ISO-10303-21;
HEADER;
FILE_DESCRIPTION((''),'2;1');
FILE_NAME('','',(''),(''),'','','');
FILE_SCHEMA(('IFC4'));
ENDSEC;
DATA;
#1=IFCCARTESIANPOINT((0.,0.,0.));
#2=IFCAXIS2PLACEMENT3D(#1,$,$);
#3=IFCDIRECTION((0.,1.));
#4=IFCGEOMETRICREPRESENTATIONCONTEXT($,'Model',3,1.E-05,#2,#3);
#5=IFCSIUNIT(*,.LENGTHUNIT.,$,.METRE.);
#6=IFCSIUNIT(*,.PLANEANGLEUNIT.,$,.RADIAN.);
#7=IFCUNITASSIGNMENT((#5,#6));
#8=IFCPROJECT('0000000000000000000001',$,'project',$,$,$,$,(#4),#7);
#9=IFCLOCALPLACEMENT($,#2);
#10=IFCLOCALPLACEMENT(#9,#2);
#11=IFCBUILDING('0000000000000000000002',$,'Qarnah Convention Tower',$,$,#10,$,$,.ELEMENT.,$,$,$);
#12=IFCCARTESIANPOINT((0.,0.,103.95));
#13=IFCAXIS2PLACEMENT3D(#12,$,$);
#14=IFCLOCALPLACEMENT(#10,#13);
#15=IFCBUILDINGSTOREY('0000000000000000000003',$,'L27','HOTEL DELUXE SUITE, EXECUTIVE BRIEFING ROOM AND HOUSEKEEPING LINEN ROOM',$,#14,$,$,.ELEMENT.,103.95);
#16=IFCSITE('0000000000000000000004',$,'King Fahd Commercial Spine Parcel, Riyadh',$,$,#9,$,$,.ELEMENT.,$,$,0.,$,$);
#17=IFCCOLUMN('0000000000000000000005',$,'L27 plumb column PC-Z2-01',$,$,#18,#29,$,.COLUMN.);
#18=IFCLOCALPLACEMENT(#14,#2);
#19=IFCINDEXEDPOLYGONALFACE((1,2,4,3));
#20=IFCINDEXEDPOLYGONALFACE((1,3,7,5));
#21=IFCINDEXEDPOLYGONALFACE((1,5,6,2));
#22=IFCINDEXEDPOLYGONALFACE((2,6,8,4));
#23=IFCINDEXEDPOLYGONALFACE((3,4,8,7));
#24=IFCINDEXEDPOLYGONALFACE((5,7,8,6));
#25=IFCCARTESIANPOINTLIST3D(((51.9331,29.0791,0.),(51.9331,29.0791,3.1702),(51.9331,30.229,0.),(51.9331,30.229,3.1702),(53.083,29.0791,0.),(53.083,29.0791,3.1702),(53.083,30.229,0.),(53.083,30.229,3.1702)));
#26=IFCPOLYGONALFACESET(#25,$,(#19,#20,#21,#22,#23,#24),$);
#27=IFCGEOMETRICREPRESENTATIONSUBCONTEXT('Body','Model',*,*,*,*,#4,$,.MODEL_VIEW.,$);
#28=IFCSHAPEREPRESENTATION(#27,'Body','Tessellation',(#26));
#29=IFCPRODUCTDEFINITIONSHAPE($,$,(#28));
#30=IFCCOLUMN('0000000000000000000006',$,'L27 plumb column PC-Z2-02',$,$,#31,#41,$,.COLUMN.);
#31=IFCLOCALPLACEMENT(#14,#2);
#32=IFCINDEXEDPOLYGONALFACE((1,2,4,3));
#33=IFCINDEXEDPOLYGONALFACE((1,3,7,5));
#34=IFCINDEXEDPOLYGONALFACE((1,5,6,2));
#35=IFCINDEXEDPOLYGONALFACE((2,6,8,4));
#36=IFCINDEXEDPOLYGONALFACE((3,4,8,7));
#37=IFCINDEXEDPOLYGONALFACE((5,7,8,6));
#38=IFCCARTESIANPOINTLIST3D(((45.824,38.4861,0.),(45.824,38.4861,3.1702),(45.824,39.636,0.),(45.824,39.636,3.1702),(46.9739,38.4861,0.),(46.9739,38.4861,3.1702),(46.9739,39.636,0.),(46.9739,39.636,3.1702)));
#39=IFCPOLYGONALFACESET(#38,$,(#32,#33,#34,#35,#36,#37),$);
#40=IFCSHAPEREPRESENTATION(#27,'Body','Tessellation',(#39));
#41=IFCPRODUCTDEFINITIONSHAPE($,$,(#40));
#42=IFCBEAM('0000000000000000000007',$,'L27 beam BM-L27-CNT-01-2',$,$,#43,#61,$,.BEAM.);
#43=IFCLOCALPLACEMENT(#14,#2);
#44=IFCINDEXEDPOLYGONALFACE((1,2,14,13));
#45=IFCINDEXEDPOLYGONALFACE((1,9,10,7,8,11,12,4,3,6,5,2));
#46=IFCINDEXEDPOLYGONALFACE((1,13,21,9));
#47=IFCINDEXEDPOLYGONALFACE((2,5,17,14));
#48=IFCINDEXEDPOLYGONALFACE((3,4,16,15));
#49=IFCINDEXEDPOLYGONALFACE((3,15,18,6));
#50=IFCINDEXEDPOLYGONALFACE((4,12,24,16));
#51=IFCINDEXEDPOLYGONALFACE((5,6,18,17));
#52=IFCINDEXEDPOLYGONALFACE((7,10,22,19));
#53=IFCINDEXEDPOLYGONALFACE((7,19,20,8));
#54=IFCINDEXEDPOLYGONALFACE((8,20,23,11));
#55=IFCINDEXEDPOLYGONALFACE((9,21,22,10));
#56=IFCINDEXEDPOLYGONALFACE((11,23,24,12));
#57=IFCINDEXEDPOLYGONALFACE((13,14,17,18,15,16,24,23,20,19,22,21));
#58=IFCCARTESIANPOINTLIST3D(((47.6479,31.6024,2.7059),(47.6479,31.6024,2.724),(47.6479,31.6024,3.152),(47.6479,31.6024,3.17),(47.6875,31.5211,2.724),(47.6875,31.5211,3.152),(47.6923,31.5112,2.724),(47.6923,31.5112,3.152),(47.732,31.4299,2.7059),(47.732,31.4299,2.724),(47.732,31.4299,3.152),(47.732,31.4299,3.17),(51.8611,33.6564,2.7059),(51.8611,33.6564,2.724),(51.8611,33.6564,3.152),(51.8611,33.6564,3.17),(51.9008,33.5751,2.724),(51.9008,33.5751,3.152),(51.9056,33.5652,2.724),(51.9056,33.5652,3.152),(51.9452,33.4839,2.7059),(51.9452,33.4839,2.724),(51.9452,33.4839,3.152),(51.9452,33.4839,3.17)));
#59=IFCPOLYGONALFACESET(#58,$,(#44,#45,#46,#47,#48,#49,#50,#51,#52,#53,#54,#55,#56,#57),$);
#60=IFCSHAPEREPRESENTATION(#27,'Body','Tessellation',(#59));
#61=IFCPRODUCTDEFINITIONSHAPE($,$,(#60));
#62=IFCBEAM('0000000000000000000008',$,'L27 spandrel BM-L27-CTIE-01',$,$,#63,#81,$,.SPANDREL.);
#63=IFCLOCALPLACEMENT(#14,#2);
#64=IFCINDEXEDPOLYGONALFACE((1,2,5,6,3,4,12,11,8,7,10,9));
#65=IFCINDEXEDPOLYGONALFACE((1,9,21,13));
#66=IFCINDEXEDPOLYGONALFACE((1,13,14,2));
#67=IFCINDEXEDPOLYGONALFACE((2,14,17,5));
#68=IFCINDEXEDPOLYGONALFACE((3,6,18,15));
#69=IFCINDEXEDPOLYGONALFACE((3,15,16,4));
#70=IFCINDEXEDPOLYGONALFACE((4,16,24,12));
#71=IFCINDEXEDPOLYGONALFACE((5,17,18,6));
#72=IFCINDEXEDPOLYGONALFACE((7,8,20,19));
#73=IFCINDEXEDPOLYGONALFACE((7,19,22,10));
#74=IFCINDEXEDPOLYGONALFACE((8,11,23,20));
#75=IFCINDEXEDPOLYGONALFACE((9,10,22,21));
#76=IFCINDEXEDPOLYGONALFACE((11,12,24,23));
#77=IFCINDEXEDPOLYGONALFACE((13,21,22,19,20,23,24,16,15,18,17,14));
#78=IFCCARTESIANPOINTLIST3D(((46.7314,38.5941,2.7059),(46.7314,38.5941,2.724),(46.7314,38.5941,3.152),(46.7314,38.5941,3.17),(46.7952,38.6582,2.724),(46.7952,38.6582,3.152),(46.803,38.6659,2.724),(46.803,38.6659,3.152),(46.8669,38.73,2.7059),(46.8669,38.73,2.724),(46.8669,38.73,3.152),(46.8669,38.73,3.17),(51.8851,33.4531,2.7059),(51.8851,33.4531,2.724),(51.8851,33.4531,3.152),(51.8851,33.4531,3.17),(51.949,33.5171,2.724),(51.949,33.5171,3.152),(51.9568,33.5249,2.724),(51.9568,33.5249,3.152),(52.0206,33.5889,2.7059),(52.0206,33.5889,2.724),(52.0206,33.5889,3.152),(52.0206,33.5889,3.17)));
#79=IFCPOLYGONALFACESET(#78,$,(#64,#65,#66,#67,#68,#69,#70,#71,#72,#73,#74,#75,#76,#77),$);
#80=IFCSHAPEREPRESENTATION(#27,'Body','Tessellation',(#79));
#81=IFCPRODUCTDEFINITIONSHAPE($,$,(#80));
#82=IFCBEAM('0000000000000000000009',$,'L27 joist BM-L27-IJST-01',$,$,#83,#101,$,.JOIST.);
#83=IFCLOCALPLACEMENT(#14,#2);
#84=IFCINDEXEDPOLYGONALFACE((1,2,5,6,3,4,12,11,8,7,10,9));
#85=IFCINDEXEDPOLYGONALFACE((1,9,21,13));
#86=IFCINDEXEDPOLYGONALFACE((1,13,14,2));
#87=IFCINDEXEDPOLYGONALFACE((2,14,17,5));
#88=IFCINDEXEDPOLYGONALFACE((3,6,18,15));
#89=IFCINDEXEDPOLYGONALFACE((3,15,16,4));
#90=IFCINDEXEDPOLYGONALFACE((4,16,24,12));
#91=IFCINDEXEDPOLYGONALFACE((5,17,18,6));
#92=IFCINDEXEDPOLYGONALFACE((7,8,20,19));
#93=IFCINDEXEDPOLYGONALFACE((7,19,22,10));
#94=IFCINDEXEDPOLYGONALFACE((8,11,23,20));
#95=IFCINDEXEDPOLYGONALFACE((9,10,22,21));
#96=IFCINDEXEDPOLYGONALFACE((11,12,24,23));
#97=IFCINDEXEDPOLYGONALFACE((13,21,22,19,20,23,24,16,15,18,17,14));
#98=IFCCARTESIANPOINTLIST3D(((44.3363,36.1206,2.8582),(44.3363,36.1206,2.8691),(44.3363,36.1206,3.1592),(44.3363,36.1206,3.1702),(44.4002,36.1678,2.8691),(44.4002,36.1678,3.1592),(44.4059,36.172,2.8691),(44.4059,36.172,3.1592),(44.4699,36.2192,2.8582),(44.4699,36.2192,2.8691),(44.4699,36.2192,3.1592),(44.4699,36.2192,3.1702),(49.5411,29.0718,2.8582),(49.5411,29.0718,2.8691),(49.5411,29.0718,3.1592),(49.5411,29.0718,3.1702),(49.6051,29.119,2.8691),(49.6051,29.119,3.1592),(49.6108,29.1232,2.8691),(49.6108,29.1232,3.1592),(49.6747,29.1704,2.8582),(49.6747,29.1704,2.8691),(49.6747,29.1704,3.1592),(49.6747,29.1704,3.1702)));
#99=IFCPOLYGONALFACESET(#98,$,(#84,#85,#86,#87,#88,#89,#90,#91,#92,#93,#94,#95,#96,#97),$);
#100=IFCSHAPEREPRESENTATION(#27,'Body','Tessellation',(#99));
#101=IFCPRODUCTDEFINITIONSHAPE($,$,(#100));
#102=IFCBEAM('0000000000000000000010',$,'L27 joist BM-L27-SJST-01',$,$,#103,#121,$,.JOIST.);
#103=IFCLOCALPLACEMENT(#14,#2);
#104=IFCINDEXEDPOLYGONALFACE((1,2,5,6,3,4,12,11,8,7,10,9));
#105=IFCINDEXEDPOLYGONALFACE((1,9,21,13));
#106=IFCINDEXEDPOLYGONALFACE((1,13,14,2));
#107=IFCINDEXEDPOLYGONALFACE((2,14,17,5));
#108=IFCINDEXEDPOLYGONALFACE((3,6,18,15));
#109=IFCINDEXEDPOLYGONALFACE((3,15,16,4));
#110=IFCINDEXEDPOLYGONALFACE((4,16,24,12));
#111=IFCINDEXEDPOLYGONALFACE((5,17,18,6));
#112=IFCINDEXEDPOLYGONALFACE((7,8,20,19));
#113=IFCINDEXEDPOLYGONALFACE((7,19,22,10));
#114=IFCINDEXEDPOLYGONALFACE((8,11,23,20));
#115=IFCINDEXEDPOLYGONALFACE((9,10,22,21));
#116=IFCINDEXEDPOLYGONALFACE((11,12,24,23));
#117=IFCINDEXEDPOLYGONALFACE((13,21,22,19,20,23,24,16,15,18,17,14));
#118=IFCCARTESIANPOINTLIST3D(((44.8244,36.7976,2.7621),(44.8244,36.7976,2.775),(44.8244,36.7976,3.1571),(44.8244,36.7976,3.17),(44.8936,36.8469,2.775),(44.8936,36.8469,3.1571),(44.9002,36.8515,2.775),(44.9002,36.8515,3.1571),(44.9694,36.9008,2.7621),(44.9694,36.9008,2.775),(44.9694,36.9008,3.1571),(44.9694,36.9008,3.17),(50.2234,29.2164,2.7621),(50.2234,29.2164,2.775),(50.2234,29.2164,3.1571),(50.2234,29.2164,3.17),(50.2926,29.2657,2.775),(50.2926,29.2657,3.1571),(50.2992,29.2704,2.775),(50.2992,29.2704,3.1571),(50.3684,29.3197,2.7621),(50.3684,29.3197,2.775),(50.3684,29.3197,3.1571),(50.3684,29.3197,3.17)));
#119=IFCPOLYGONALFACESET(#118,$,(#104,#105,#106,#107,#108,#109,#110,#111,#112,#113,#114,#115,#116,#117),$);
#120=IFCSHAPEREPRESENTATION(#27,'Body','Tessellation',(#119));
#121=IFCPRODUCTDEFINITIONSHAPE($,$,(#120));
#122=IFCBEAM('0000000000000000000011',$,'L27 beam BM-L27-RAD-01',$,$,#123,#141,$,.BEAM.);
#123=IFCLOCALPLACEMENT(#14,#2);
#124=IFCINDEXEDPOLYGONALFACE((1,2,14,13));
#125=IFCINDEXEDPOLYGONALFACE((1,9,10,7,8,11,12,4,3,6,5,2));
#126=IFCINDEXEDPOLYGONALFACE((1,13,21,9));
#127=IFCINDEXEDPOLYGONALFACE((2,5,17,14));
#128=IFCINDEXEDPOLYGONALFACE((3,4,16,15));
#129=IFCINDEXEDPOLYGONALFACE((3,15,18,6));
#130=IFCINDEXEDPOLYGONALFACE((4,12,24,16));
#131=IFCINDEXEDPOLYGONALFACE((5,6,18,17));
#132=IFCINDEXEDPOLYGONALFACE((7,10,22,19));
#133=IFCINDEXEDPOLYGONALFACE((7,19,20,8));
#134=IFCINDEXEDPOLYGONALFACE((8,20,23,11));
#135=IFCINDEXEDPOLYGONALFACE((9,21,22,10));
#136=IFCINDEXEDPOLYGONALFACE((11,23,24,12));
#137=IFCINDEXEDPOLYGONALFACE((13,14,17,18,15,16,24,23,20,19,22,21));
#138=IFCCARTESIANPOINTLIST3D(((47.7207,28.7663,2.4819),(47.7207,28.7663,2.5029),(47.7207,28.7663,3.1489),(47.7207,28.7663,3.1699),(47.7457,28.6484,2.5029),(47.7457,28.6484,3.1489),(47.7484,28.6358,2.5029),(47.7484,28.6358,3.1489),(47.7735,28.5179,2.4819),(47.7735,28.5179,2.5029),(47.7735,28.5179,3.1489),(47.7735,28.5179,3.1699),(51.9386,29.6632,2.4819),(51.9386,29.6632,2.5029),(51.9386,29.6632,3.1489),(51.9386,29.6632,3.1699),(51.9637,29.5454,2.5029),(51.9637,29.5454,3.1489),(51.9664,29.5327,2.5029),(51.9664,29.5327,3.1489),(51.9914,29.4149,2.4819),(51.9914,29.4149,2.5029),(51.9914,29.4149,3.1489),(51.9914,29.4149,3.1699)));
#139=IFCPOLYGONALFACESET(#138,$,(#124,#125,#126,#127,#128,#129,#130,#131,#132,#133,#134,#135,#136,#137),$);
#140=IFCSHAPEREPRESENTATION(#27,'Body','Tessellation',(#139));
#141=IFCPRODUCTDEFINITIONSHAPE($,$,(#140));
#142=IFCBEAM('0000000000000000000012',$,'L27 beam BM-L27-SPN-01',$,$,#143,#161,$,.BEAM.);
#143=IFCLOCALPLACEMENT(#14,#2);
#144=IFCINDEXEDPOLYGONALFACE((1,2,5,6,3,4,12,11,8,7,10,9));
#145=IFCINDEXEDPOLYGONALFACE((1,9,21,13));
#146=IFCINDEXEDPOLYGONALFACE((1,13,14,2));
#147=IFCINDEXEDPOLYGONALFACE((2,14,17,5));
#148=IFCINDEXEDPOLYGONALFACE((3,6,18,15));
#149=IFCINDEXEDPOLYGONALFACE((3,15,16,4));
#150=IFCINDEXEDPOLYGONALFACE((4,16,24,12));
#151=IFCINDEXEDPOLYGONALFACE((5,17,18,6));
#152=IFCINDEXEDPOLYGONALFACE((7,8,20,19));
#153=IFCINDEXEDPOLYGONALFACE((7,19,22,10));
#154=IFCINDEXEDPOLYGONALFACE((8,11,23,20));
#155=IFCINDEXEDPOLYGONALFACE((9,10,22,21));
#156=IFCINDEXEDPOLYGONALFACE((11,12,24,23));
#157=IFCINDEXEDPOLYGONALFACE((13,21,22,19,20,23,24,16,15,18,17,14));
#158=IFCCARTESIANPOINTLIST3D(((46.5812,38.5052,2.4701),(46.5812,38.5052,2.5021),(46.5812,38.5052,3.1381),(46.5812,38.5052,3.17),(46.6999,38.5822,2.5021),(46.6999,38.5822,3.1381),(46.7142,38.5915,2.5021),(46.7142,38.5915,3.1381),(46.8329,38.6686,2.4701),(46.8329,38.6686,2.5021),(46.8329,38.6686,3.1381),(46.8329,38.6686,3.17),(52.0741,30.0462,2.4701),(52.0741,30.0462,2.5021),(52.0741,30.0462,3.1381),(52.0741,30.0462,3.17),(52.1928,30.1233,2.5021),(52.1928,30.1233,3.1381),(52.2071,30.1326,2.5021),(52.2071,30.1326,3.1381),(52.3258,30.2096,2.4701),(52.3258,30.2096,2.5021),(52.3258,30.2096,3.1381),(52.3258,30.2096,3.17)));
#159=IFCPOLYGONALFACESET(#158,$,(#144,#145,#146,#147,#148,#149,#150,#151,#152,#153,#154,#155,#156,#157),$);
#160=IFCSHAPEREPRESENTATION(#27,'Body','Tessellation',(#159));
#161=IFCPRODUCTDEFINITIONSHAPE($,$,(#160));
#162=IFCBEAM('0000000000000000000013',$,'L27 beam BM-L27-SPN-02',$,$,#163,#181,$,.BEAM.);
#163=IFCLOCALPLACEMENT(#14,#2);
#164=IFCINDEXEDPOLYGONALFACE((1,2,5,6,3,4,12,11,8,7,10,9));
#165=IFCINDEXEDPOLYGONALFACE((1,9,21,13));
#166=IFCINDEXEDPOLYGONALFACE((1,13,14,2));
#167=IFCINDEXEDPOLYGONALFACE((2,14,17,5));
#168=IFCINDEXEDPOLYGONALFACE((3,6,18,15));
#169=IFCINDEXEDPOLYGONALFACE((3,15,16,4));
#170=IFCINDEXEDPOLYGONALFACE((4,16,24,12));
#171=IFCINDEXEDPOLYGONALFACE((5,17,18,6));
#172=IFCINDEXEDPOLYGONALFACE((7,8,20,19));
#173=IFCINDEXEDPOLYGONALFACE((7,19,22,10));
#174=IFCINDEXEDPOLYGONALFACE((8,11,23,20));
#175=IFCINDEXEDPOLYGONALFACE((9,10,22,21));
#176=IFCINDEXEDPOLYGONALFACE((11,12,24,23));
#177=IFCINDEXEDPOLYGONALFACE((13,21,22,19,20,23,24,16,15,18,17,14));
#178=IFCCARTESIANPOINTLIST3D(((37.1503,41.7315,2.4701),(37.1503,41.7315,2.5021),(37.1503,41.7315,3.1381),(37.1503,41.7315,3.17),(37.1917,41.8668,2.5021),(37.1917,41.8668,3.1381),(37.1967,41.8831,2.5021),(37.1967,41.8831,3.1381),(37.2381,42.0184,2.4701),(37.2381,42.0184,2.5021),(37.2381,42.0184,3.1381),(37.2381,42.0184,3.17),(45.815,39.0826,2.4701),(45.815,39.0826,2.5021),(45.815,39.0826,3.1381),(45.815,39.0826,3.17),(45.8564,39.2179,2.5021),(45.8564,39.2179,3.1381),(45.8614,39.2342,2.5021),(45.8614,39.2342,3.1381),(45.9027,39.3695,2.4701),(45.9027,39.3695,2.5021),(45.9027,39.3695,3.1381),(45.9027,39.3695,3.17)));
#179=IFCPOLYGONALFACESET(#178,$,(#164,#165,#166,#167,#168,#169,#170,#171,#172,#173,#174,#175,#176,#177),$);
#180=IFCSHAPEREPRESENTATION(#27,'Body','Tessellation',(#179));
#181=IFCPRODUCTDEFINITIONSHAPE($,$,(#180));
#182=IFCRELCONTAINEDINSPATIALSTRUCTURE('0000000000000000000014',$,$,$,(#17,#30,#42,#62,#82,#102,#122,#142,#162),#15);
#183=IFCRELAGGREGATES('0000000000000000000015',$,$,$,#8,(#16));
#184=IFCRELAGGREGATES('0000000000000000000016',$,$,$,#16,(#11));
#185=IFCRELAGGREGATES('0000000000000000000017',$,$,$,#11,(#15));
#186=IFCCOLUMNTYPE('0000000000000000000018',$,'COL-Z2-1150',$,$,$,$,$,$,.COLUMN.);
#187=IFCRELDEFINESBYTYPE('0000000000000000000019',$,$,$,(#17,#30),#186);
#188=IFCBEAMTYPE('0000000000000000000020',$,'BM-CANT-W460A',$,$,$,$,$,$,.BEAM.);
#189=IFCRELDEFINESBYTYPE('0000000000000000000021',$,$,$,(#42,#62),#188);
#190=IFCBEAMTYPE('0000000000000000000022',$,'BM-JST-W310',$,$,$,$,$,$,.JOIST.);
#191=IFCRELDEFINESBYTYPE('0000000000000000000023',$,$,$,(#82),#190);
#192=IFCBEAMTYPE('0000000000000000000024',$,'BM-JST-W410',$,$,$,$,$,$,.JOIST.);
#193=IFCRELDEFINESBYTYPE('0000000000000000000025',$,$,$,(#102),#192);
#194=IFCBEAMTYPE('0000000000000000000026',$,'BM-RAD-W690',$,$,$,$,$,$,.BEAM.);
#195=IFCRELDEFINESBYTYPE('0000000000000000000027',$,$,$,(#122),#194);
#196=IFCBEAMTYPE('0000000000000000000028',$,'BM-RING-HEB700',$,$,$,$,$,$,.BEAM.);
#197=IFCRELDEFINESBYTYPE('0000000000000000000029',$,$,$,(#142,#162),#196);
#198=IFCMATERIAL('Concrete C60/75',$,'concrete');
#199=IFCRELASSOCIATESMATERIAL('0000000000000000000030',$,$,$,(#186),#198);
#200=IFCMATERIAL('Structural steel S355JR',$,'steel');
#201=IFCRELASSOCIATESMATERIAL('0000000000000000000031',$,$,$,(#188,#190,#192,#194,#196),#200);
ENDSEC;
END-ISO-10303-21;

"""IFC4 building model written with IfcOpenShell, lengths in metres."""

from ifc_helpers import new_model, si_unit, direction, frame, origin, origin_2d, place, context, subcontext, project, spatial, rectangle, i_section, extrude, material, material_profile, profile_set, type_object, element, save


model = new_model("IFC4")

# Units and contexts
model_context = context("Model", 3, precision=1e-05, world=origin(), true_north=direction((0.0, 1.0)))
body_context = subcontext(model_context, "Body", "Model", "MODEL_VIEW")
ifc_project = project(units=[si_unit("LENGTHUNIT", "METRE"), si_unit("PLANEANGLEUNIT", "RADIAN")], contexts=[model_context])

# Site, building, storey
site_placement = place(None, origin())
site = spatial("IfcSite", under=ifc_project, at=site_placement, Name="King Fahd Commercial Spine Parcel, Riyadh", CompositionType="ELEMENT", RefElevation=0.0)
building_placement = place(site_placement, origin())
building = spatial("IfcBuilding", under=site, at=building_placement, Name="Qarnah Convention Tower", CompositionType="ELEMENT")
storey_placement = place(building_placement, frame((0.0, 0.0, 103.95)))
storey = spatial("IfcBuildingStorey", under=building, at=storey_placement, Name="L27", Description="HOTEL DELUXE SUITE, EXECUTIVE BRIEFING ROOM AND HOUSEKEEPING LINEN ROOM", CompositionType="ELEMENT", Elevation=103.95)

# Columns
ifc_material_1 = material(Name="Concrete C60/75", Category="concrete")
ifc_material_profile_1 = material_profile(ifc_material_1, rectangle(XDim=1.1499, YDim=1.1499, at=origin_2d()), Name="RC-COL-1150X1150")
ifc_profile_set_1 = profile_set([ifc_material_profile_1], Name="Concrete C60/75")
column_type = type_object("IfcColumnType", Name="COL-Z2-1150", PredefinedType="COLUMN", material=ifc_profile_set_1)
for number, where, z_axis, x_axis, name in (
    (1, (52.5081, 29.6541, 0.0), (0.0, 0.0, 1.0), (1.0, 0.0, 0.0), "L27 plumb column PC-Z2-01"),
    (2, (46.3989, 39.061, 0.0), (0.0, 0.0, 1.0), (1.0, 0.0, 0.0), "L27 plumb column PC-Z2-02"),
):
    element("IfcColumn", number, at=place(storey_placement, frame(where, z_axis=z_axis, x_axis=x_axis)), inside=storey, type_object=column_type, Name=name, PredefinedType="COLUMN", context=body_context, shape_type="SweptSolid", body=[
        extrude(rectangle(XDim=1.1499, YDim=1.1499, at=origin_2d()), origin(), (0.0, 0.0, 1.0), 3.1702),
    ])

# Beams
ifc_material_2 = material(Name="Structural steel S355JR", Category="steel")
ifc_material_profile_2 = material_profile(ifc_material_2, i_section(OverallWidth=0.1919, OverallDepth=0.4641, WebThickness=0.011, FlangeThickness=0.0181, at=origin_2d()), Name="W460X89")
ifc_profile_set_2 = profile_set([ifc_material_profile_2], Name="Structural steel S355JR")
beam_type_1 = type_object("IfcBeamType", Name="BM-CANT-W460A", PredefinedType="BEAM", material=ifc_profile_set_2)
beam_1_placement = place(storey_placement, frame((47.6899, 31.5161, 2.938), z_axis=(0.898872, 0.438211, 0.0), x_axis=(-0.438211, 0.898872, 0.0)))
element("IfcBeam", 3, at=beam_1_placement, inside=storey, type_object=beam_type_1, Name="L27 beam BM-L27-CNT-01-2", PredefinedType="BEAM", context=body_context, shape_type="SweptSolid", body=[
    extrude(i_section(OverallWidth=0.1919, OverallDepth=0.4641, WebThickness=0.011, FlangeThickness=0.0181, at=origin_2d()), origin(), (0.0, 0.0, 1.0), 4.6873),
])
beam_2_placement = place(storey_placement, frame((51.9529, 33.521, 2.938), z_axis=(-0.707978, 0.706234, 0.0), x_axis=(-0.706234, -0.707978, 0.0)))
element("IfcBeam", 4, at=beam_2_placement, inside=storey, type_object=beam_type_1, Name="L27 spandrel BM-L27-CTIE-01", PredefinedType="SPANDREL", context=body_context, shape_type="SweptSolid", body=[
    extrude(i_section(OverallWidth=0.1919, OverallDepth=0.4641, WebThickness=0.011, FlangeThickness=0.0181, at=origin_2d()), origin(), (0.0, 0.0, 1.0), 7.2795),
])
ifc_material_profile_3 = material_profile(ifc_material_2, i_section(OverallWidth=0.166, OverallDepth=0.312, WebThickness=0.0071, FlangeThickness=0.011, at=origin_2d()), Name="W310X45")
ifc_profile_set_3 = profile_set([ifc_material_profile_3], Name="Structural steel S355JR")
beam_type_2 = type_object("IfcBeamType", Name="BM-JST-W310", PredefinedType="JOIST", material=ifc_profile_set_3)
beam_3_placement = place(storey_placement, frame((49.6079, 29.1211, 3.0142), z_axis=(-0.594009, 0.804458, 0.0), x_axis=(-0.804458, -0.594009, 0.0)))
element("IfcBeam", 5, at=beam_3_placement, inside=storey, type_object=beam_type_2, Name="L27 joist BM-L27-IJST-01", PredefinedType="JOIST", context=body_context, shape_type="SweptSolid", body=[
    extrude(i_section(OverallWidth=0.166, OverallDepth=0.312, WebThickness=0.0071, FlangeThickness=0.011, at=origin_2d()), origin(), (0.0, 0.0, 1.0), 8.7622),
])
ifc_material_profile_4 = material_profile(ifc_material_2, i_section(OverallWidth=0.178, OverallDepth=0.408, WebThickness=0.0081, FlangeThickness=0.0129, at=origin_2d()), Name="W410X60")
ifc_profile_set_4 = profile_set([ifc_material_profile_4], Name="Structural steel S355JR")
beam_type_3 = type_object("IfcBeamType", Name="BM-JST-W410", PredefinedType="JOIST", material=ifc_profile_set_4)
beam_4_placement = place(storey_placement, frame((50.2959, 29.2681, 2.9661), z_axis=(-0.580091, 0.814552, 0.0), x_axis=(-0.814552, -0.580091, 0.0)))
element("IfcBeam", 6, at=beam_4_placement, inside=storey, type_object=beam_type_3, Name="L27 joist BM-L27-SJST-01", PredefinedType="JOIST", context=body_context, shape_type="SweptSolid", body=[
    extrude(i_section(OverallWidth=0.178, OverallDepth=0.408, WebThickness=0.0081, FlangeThickness=0.0129, at=origin_2d()), origin(), (0.0, 0.0, 1.0), 9.3071),
])
ifc_material_profile_5 = material_profile(ifc_material_2, i_section(OverallWidth=0.2539, OverallDepth=0.688, WebThickness=0.0129, FlangeThickness=0.021, at=origin_2d()), Name="W690X152")
ifc_profile_set_5 = profile_set([ifc_material_profile_5], Name="Structural steel S355JR")
beam_type_4 = type_object("IfcBeamType", Name="BM-RAD-W690", PredefinedType="BEAM", material=ifc_profile_set_5)
beam_5_placement = place(storey_placement, frame((47.7471, 28.6421, 2.8259), z_axis=(0.978128, 0.208002, 0.0), x_axis=(-0.208002, 0.978128, 0.0)))
element("IfcBeam", 7, at=beam_5_placement, inside=storey, type_object=beam_type_4, Name="L27 beam BM-L27-RAD-01", PredefinedType="BEAM", context=body_context, shape_type="SweptSolid", body=[
    extrude(i_section(OverallWidth=0.2539, OverallDepth=0.688, WebThickness=0.0129, FlangeThickness=0.021, at=origin_2d()), origin(), (0.0, 0.0, 1.0), 4.3123),
])
ifc_material_profile_6 = material_profile(ifc_material_2, i_section(OverallWidth=0.3, OverallDepth=0.7, WebThickness=0.0171, FlangeThickness=0.032, at=origin_2d()), Name="HEB700")
ifc_profile_set_6 = profile_set([ifc_material_profile_6], Name="Structural steel S355JR")
beam_type_5 = type_object("IfcBeamType", Name="BM-RING-HEB700", PredefinedType="BEAM", material=ifc_profile_set_6)
beam_6_placement = place(storey_placement, frame((52.2, 30.1279, 2.8201), z_axis=(-0.544611, 0.838689, 0.0), x_axis=(-0.838689, -0.544611, 0.0)))
element("IfcBeam", 8, at=beam_6_placement, inside=storey, type_object=beam_type_5, Name="L27 beam BM-L27-SPN-01", PredefinedType="BEAM", context=body_context, shape_type="SweptSolid", body=[
    extrude(i_section(OverallWidth=0.3, OverallDepth=0.7, WebThickness=0.0171, FlangeThickness=0.032, at=origin_2d()), origin(), (0.0, 0.0, 1.0), 10.0859),
])
beam_7_placement = place(storey_placement, frame((45.8589, 39.2261, 2.8201), z_axis=(-0.95631, 0.292355, 0.0), x_axis=(-0.292355, -0.95631, 0.0)))
element("IfcBeam", 9, at=beam_7_placement, inside=storey, type_object=beam_type_5, Name="L27 beam BM-L27-SPN-02", PredefinedType="BEAM", context=body_context, shape_type="SweptSolid", body=[
    extrude(i_section(OverallWidth=0.3, OverallDepth=0.7, WebThickness=0.0171, FlangeThickness=0.032, at=origin_2d()), origin(), (0.0, 0.0, 1.0), 9.0605),
])

save(model, "model.ifc")
